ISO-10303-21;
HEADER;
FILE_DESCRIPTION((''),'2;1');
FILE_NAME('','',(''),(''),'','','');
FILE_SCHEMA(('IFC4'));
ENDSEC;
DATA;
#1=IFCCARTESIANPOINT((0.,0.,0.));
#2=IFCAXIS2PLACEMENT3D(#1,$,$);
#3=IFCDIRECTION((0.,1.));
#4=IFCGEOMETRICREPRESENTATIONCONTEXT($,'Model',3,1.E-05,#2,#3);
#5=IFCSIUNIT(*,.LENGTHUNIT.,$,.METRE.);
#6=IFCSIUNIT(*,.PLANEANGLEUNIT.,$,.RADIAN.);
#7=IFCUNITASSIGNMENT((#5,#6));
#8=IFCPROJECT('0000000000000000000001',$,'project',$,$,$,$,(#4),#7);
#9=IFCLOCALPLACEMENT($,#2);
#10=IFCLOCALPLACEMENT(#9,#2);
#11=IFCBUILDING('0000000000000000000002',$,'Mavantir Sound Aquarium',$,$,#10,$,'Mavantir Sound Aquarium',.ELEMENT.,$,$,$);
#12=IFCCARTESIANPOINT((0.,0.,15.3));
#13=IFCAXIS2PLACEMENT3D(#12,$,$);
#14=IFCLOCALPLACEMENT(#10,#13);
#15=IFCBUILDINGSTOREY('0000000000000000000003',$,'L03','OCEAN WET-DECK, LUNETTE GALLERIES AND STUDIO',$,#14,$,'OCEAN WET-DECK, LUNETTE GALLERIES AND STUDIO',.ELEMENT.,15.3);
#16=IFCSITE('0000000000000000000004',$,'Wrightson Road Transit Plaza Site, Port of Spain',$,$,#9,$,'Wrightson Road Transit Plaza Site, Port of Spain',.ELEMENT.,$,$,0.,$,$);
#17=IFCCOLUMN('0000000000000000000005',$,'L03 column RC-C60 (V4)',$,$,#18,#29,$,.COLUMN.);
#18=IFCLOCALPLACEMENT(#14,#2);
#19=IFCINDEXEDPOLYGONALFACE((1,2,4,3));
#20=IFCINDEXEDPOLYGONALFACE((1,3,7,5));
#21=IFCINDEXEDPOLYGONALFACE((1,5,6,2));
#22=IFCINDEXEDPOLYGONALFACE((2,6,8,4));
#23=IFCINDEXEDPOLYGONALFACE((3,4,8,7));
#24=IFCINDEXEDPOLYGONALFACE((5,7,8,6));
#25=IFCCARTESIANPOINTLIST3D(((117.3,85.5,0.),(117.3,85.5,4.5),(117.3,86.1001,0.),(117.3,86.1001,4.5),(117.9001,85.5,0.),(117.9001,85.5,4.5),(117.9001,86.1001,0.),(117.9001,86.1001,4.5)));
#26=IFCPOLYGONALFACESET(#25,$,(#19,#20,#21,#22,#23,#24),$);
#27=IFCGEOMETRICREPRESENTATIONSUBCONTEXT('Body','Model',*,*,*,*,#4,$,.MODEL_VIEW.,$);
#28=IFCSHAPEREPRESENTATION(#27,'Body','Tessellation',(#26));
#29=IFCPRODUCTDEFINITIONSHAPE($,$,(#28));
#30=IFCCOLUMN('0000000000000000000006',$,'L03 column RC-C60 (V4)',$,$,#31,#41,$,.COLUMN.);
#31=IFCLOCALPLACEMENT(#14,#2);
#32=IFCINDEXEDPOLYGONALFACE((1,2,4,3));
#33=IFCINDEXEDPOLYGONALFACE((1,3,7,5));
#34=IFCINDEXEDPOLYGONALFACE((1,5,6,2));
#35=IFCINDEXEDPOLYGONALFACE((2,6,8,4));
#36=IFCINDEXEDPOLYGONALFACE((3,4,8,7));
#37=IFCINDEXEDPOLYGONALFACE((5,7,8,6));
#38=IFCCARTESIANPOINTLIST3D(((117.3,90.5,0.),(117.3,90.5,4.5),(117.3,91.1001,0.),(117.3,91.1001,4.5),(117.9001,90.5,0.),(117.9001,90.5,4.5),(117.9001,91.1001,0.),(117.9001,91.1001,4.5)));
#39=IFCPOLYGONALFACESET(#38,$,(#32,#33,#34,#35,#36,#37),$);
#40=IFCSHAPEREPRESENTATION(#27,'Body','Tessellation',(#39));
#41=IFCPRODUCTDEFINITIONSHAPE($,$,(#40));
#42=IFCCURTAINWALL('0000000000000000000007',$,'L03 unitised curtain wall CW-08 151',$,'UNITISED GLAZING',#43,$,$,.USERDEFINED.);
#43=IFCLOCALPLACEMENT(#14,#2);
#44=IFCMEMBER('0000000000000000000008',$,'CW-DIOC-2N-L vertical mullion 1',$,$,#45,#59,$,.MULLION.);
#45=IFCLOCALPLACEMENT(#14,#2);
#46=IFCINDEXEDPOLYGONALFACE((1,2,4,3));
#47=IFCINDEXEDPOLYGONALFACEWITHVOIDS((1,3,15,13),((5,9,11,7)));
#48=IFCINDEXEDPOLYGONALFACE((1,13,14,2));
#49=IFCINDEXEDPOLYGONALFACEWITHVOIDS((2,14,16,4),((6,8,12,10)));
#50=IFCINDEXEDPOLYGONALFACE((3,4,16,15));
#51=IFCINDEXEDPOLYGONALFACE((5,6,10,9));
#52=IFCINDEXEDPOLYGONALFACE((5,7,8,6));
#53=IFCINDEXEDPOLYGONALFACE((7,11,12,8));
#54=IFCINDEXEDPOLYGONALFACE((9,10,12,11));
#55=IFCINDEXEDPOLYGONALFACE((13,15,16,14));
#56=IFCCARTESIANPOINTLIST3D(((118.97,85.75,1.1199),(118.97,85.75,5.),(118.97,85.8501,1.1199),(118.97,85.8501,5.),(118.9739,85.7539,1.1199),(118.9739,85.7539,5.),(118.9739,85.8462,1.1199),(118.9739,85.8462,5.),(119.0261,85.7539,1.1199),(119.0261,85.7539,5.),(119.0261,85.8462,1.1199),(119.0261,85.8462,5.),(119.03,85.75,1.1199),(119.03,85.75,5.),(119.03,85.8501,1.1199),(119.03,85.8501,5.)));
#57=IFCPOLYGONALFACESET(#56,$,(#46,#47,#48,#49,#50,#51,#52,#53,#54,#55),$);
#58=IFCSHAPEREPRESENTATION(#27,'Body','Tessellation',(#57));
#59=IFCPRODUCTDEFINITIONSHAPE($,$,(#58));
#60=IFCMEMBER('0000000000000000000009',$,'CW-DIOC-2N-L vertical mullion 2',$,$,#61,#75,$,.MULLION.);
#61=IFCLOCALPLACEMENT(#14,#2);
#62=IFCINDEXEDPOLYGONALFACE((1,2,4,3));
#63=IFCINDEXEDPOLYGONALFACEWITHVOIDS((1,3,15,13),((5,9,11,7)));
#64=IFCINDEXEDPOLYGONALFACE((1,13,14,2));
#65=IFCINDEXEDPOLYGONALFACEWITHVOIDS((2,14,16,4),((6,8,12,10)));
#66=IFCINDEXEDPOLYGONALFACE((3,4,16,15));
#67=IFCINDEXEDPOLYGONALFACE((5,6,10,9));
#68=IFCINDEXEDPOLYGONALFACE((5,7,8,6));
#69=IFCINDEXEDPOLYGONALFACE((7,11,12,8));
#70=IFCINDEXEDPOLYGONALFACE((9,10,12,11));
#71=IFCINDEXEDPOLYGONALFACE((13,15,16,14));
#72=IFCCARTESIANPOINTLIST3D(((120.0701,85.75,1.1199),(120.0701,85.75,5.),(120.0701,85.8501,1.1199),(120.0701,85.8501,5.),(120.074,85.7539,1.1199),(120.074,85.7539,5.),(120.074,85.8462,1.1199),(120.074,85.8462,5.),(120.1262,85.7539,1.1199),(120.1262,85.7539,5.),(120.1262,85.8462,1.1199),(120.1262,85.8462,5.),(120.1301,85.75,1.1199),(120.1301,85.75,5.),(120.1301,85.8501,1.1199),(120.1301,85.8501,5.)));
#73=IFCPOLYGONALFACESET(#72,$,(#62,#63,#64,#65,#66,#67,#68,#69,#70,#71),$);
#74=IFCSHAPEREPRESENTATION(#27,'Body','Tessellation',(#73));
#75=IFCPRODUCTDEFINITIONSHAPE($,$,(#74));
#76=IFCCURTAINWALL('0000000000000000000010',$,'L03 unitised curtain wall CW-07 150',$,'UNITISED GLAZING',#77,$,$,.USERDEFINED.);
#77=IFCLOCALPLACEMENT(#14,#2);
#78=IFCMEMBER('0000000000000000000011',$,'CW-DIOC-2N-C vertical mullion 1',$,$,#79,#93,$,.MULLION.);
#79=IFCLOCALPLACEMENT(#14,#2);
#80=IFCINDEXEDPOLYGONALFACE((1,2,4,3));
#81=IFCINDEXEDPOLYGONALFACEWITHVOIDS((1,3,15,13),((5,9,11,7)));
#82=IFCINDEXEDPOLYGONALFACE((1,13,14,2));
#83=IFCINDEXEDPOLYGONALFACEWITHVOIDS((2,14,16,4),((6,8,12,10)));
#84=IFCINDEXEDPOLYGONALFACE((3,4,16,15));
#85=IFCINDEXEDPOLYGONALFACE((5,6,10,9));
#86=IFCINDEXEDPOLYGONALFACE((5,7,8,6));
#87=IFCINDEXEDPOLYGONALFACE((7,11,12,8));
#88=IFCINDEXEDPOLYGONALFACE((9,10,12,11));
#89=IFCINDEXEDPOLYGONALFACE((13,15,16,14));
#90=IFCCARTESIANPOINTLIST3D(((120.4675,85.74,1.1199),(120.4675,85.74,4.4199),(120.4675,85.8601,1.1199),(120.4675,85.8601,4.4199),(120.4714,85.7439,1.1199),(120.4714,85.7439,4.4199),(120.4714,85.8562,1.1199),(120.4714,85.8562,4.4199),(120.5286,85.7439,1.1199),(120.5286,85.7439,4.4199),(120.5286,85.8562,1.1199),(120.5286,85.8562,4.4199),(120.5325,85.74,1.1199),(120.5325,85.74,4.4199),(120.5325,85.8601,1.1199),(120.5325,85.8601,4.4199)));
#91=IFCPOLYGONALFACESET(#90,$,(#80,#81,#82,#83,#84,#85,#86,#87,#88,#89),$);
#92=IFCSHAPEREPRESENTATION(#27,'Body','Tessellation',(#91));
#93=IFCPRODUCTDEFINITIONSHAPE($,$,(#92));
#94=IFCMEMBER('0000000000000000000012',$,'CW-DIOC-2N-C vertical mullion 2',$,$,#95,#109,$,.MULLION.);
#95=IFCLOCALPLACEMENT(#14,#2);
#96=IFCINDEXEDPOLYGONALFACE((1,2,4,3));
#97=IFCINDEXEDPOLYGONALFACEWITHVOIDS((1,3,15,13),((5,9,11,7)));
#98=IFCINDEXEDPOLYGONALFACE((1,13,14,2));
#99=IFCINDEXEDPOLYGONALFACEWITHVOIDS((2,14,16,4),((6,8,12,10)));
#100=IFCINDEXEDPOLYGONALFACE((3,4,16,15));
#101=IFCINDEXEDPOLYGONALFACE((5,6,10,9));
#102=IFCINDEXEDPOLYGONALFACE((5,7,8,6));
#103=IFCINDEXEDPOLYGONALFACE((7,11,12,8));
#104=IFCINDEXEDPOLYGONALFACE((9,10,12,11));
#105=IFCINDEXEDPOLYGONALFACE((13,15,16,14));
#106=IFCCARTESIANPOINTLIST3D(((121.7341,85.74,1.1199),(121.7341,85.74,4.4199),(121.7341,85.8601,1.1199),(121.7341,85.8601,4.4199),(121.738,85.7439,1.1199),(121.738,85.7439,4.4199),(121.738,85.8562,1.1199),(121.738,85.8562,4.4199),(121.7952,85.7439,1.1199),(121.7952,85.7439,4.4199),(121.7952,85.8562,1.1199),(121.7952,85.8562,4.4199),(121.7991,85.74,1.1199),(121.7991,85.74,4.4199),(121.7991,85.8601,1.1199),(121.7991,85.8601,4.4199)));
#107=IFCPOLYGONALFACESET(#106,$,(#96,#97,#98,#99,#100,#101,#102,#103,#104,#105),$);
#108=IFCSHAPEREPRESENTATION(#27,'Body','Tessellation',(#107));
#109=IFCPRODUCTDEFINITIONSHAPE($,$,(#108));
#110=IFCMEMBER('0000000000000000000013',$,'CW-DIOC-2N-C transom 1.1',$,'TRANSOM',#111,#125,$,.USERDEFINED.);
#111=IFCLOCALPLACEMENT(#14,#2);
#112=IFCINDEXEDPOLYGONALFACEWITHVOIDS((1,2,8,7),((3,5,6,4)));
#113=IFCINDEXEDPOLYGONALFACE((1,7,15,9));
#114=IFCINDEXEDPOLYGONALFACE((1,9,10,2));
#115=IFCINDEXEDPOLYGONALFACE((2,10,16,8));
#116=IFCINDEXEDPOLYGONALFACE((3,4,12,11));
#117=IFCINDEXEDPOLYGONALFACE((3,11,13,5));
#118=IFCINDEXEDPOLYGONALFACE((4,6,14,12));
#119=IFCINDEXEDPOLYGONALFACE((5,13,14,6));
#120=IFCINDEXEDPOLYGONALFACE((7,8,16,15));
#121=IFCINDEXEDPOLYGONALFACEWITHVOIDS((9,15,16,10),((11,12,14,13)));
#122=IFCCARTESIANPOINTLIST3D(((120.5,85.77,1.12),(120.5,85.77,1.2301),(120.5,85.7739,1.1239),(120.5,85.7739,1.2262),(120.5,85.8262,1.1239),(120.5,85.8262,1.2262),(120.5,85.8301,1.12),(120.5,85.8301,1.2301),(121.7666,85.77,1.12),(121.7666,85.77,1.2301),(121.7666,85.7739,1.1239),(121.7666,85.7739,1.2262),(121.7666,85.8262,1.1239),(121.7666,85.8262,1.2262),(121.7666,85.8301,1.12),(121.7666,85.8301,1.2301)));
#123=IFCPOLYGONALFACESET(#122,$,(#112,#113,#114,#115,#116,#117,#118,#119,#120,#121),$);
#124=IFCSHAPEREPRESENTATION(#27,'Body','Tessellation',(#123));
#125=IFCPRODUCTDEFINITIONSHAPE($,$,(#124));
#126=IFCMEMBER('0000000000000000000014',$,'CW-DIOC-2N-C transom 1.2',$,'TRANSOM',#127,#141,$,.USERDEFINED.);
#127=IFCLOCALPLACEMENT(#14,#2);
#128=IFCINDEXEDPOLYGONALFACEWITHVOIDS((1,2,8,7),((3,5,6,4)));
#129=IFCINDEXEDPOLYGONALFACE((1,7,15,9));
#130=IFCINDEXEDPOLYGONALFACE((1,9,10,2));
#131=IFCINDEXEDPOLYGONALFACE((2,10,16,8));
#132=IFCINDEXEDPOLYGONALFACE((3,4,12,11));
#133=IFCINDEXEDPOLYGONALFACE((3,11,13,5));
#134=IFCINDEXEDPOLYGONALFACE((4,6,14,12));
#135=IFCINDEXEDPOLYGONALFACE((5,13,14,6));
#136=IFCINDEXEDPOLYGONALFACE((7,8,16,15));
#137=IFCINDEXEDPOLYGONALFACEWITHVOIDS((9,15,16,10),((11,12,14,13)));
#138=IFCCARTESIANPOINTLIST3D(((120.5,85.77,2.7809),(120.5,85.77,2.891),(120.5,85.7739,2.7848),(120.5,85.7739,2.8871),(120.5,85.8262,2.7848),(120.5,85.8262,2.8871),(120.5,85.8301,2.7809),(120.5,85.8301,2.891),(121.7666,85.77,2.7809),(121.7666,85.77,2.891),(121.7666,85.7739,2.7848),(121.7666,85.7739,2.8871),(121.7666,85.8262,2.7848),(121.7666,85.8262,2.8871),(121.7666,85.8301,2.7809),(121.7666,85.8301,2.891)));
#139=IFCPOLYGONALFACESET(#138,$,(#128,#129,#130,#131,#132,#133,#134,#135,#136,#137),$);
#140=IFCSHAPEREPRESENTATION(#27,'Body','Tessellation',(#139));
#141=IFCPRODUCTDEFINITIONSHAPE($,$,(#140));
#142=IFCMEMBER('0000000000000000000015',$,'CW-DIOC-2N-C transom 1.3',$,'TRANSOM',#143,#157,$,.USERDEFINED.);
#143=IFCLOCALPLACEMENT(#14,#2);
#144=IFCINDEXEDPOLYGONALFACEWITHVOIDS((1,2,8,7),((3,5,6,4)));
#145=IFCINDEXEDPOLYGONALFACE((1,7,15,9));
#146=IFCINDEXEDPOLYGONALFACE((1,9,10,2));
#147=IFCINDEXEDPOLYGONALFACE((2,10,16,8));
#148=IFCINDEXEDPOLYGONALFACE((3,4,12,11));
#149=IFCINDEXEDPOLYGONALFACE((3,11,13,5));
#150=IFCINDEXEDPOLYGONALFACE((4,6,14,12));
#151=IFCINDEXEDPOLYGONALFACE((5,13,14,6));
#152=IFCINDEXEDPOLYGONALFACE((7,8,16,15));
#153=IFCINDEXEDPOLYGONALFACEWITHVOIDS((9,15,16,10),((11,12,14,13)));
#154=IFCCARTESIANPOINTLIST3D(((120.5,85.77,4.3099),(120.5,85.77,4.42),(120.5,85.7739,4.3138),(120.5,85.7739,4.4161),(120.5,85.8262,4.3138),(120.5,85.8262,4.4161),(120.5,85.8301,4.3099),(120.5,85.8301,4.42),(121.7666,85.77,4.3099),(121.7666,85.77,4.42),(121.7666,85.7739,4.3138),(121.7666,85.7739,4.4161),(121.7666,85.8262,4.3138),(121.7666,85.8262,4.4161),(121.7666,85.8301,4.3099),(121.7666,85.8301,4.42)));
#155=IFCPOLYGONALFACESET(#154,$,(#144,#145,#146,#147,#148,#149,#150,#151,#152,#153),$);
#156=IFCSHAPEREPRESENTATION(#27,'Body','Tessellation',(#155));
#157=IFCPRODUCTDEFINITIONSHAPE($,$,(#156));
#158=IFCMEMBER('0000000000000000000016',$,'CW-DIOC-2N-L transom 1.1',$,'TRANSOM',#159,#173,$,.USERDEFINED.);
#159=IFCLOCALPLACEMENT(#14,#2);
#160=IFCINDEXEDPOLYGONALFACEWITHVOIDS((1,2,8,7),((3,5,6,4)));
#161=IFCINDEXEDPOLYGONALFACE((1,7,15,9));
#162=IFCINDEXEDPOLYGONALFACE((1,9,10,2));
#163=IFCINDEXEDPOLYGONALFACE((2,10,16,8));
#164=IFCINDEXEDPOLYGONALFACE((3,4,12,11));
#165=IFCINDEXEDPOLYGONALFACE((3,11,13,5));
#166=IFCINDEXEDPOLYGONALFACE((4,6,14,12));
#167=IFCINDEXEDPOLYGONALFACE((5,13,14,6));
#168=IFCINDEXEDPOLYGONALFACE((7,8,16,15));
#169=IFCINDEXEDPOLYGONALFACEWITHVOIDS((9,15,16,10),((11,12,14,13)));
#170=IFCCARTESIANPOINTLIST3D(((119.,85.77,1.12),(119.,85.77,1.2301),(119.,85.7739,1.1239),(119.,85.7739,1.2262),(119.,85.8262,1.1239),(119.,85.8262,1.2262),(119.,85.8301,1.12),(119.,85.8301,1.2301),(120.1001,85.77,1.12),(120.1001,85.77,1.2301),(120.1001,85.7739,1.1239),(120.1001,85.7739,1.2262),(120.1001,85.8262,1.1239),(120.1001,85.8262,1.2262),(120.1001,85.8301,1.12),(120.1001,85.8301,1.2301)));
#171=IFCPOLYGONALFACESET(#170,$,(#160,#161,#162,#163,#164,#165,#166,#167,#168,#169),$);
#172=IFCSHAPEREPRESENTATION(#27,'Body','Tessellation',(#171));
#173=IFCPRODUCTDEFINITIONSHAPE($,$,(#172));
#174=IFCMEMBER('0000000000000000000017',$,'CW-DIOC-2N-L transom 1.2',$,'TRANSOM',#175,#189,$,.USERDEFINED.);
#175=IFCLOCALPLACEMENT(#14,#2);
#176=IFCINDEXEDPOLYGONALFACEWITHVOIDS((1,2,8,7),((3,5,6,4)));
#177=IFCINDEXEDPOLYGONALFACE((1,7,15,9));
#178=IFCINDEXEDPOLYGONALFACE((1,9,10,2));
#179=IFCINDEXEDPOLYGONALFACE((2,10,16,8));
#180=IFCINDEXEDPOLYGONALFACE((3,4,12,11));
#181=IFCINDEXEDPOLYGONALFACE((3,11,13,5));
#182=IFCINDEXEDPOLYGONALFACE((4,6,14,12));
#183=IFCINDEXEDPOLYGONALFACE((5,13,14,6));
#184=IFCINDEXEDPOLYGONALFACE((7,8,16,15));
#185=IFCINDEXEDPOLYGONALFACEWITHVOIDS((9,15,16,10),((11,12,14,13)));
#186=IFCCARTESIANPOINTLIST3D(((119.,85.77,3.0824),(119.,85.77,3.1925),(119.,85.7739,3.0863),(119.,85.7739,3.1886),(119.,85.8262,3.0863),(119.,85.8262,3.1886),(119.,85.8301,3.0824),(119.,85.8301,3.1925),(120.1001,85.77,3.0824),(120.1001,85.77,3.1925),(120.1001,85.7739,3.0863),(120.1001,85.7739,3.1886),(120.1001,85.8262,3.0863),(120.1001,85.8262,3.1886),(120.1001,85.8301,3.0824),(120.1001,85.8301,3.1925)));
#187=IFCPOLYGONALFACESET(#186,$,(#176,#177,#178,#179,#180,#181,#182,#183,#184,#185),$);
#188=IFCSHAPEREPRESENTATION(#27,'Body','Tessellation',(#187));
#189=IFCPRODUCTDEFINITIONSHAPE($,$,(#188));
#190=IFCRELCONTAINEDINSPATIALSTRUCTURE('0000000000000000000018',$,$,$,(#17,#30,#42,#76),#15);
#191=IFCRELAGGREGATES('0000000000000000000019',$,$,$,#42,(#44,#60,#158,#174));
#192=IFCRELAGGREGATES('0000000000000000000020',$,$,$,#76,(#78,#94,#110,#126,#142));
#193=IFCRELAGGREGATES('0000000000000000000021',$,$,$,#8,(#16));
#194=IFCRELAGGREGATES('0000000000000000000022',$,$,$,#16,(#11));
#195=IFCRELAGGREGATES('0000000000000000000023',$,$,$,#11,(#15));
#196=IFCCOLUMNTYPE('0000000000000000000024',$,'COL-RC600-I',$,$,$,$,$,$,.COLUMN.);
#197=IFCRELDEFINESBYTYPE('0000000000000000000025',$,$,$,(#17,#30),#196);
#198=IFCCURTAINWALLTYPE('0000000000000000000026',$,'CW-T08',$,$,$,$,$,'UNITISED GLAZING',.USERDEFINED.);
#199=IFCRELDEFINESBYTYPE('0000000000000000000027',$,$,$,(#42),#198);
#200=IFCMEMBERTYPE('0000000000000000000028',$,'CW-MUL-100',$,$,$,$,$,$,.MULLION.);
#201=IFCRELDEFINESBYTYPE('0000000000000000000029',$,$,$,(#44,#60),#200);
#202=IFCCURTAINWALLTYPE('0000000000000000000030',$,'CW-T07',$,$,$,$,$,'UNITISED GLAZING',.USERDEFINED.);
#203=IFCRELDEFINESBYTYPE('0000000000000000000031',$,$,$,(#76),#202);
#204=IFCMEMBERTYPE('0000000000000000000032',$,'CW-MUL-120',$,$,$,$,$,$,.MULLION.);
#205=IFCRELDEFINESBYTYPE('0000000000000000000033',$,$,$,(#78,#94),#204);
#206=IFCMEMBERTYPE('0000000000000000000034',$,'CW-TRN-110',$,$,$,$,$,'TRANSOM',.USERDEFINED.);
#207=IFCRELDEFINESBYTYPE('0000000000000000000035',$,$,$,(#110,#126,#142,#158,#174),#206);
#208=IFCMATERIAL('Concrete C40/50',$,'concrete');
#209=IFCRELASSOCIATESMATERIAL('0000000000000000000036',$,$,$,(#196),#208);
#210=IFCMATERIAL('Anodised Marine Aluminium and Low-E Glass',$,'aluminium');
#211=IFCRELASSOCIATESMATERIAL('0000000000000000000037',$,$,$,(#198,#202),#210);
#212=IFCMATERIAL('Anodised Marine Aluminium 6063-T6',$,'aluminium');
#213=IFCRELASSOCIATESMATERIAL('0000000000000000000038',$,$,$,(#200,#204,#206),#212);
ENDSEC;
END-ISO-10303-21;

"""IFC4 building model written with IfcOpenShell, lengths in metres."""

from ifc_helpers import new_model, si_unit, direction, frame, origin, origin_2d, place, context, subcontext, project, spatial, rectangle, hollow_rectangle, extrude, material, material_profile, profile_set, type_object, element, aggregate, save


model = new_model("IFC4")

# Units and contexts
model_context = context("Model", 3, precision=1e-05, world=origin(), true_north=direction((0.0, 1.0)))
body_context = subcontext(model_context, "Body", "Model", "MODEL_VIEW")
ifc_project = project(units=[si_unit("LENGTHUNIT", "METRE"), si_unit("PLANEANGLEUNIT", "RADIAN")], contexts=[model_context])

# Site, building, storey
site_placement = place(None, origin())
site = spatial("IfcSite", under=ifc_project, at=site_placement, Name="Wrightson Road Transit Plaza Site, Port of Spain", LongName="Wrightson Road Transit Plaza Site, Port of Spain", CompositionType="ELEMENT", RefElevation=0.0)
building_placement = place(site_placement, origin())
building = spatial("IfcBuilding", under=site, at=building_placement, Name="Mavantir Sound Aquarium", LongName="Mavantir Sound Aquarium", CompositionType="ELEMENT")
storey_placement = place(building_placement, frame((0.0, 0.0, 15.3)))
storey = spatial("IfcBuildingStorey", under=building, at=storey_placement, Name="L03", Description="OCEAN WET-DECK, LUNETTE GALLERIES AND STUDIO", LongName="OCEAN WET-DECK, LUNETTE GALLERIES AND STUDIO", CompositionType="ELEMENT", Elevation=15.3)

# Columns
ifc_material_1 = material(Name="Concrete C40/50", Category="concrete")
ifc_material_profile_1 = material_profile(ifc_material_1, rectangle(XDim=0.6001, YDim=0.6001, at=origin_2d()), Name="RC 600X600")
ifc_profile_set_1 = profile_set([ifc_material_profile_1], Name="Concrete C40/50")
column_type = type_object("IfcColumnType", Name="COL-RC600-I", PredefinedType="COLUMN", material=ifc_profile_set_1)
for number, where, z_axis, x_axis, name in (
    (1, (117.6001, 85.8, 0.0), (0.0, 0.0, 1.0), (1.0, 0.0, 0.0), "L03 column RC-C60 (V4)"),
    (2, (117.6001, 90.8, 0.0), (0.0, 0.0, 1.0), (1.0, 0.0, 0.0), "L03 column RC-C60 (V4)"),
):
    element("IfcColumn", number, at=place(storey_placement, frame(where, z_axis=z_axis, x_axis=x_axis)), inside=storey, type_object=column_type, Name=name, PredefinedType="COLUMN", context=body_context, shape_type="SweptSolid", body=[
        extrude(rectangle(XDim=0.6001, YDim=0.6001, at=origin_2d()), origin(), (0.0, 0.0, 1.0), 4.5),
    ])

# Curtain walls, members
ifc_material_2 = material(Name="Anodised Marine Aluminium and Low-E Glass", Category="aluminium")
curtain_wall_type_1 = type_object("IfcCurtainWallType", Name="CW-T08", ElementType="UNITISED GLAZING", PredefinedType="USERDEFINED", material=ifc_material_2)
curtain_wall_1_placement = place(storey_placement, origin())
curtain_wall_1 = element("IfcCurtainWall", 3, at=curtain_wall_1_placement, inside=storey, type_object=curtain_wall_type_1, Name="L03 unitised curtain wall CW-08 151", ObjectType="UNITISED GLAZING", PredefinedType="USERDEFINED")
ifc_material_3 = material(Name="Anodised Marine Aluminium 6063-T6", Category="aluminium")
ifc_material_profile_2 = material_profile(ifc_material_3, hollow_rectangle(XDim=0.0601, YDim=0.1001, WallThickness=0.0039, at=origin_2d()), Name="ALU-MULLION-100X60")
ifc_profile_set_2 = profile_set([ifc_material_profile_2], Name="Anodised Marine Aluminium 6063-T6")
member_type_1 = type_object("IfcMemberType", Name="CW-MUL-100", PredefinedType="MULLION", material=ifc_profile_set_2)
member_1_placement = place(storey_placement, frame((119.0, 85.8, 1.1199), z_axis=(0.0, 0.0, 1.0), x_axis=(1.0, 0.0, 0.0)))
member_1 = element("IfcMember", 4, at=member_1_placement, type_object=member_type_1, Name="CW-DIOC-2N-L vertical mullion 1", PredefinedType="MULLION", context=body_context, shape_type="SweptSolid", body=[
    extrude(hollow_rectangle(XDim=0.0601, YDim=0.1001, WallThickness=0.0039, at=origin_2d()), origin(), (0.0, 0.0, 1.0), 3.8801),
])
member_2_placement = place(storey_placement, frame((120.1001, 85.8, 1.1199), z_axis=(0.0, 0.0, 1.0), x_axis=(1.0, 0.0, 0.0)))
member_2 = element("IfcMember", 5, at=member_2_placement, type_object=member_type_1, Name="CW-DIOC-2N-L vertical mullion 2", PredefinedType="MULLION", context=body_context, shape_type="SweptSolid", body=[
    extrude(hollow_rectangle(XDim=0.0601, YDim=0.1001, WallThickness=0.0039, at=origin_2d()), origin(), (0.0, 0.0, 1.0), 3.8801),
])
curtain_wall_type_2 = type_object("IfcCurtainWallType", Name="CW-T07", ElementType="UNITISED GLAZING", PredefinedType="USERDEFINED", material=ifc_material_2)
curtain_wall_2_placement = place(storey_placement, origin())
curtain_wall_2 = element("IfcCurtainWall", 6, at=curtain_wall_2_placement, inside=storey, type_object=curtain_wall_type_2, Name="L03 unitised curtain wall CW-07 150", ObjectType="UNITISED GLAZING", PredefinedType="USERDEFINED")
ifc_material_profile_3 = material_profile(ifc_material_3, hollow_rectangle(XDim=0.0649, YDim=0.1201, WallThickness=0.0039, at=origin_2d()), Name="ALU-MULLION-120X65")
ifc_profile_set_3 = profile_set([ifc_material_profile_3], Name="Anodised Marine Aluminium 6063-T6")
member_type_2 = type_object("IfcMemberType", Name="CW-MUL-120", PredefinedType="MULLION", material=ifc_profile_set_3)
member_3_placement = place(storey_placement, frame((120.5, 85.8, 1.1199), z_axis=(0.0, 0.0, 1.0), x_axis=(1.0, 0.0, 0.0)))
member_3 = element("IfcMember", 7, at=member_3_placement, type_object=member_type_2, Name="CW-DIOC-2N-C vertical mullion 1", PredefinedType="MULLION", context=body_context, shape_type="SweptSolid", body=[
    extrude(hollow_rectangle(XDim=0.0649, YDim=0.1201, WallThickness=0.0039, at=origin_2d()), origin(), (0.0, 0.0, 1.0), 3.3),
])
member_4_placement = place(storey_placement, frame((121.7666, 85.8, 1.1199), z_axis=(0.0, 0.0, 1.0), x_axis=(1.0, 0.0, 0.0)))
member_4 = element("IfcMember", 8, at=member_4_placement, type_object=member_type_2, Name="CW-DIOC-2N-C vertical mullion 2", PredefinedType="MULLION", context=body_context, shape_type="SweptSolid", body=[
    extrude(hollow_rectangle(XDim=0.0649, YDim=0.1201, WallThickness=0.0039, at=origin_2d()), origin(), (0.0, 0.0, 1.0), 3.3),
])
ifc_material_profile_4 = material_profile(ifc_material_3, hollow_rectangle(XDim=0.0601, YDim=0.1101, WallThickness=0.0039, at=origin_2d()), Name="ALU-TRANSOM-110X60")
ifc_profile_set_4 = profile_set([ifc_material_profile_4], Name="Anodised Marine Aluminium 6063-T6")
member_type_3 = type_object("IfcMemberType", Name="CW-TRN-110", ElementType="TRANSOM", PredefinedType="USERDEFINED", material=ifc_profile_set_4)
member_5_placement = place(storey_placement, frame((120.5, 85.8, 1.175), z_axis=(1.0, 0.0, 0.0), x_axis=(0.0, 1.0, 0.0)))
member_5 = element("IfcMember", 9, at=member_5_placement, type_object=member_type_3, Name="CW-DIOC-2N-C transom 1.1", ObjectType="TRANSOM", PredefinedType="USERDEFINED", context=body_context, shape_type="SweptSolid", body=[
    extrude(hollow_rectangle(XDim=0.0601, YDim=0.1101, WallThickness=0.0039, at=origin_2d()), origin(), (0.0, 0.0, 1.0), 1.2666),
])
member_6_placement = place(storey_placement, frame((120.5, 85.8, 2.8359), z_axis=(1.0, 0.0, 0.0), x_axis=(0.0, 1.0, 0.0)))
member_6 = element("IfcMember", 10, at=member_6_placement, type_object=member_type_3, Name="CW-DIOC-2N-C transom 1.2", ObjectType="TRANSOM", PredefinedType="USERDEFINED", context=body_context, shape_type="SweptSolid", body=[
    extrude(hollow_rectangle(XDim=0.0601, YDim=0.1101, WallThickness=0.0039, at=origin_2d()), origin(), (0.0, 0.0, 1.0), 1.2666),
])
member_7_placement = place(storey_placement, frame((120.5, 85.8, 4.365), z_axis=(1.0, 0.0, 0.0), x_axis=(0.0, 1.0, 0.0)))
member_7 = element("IfcMember", 11, at=member_7_placement, type_object=member_type_3, Name="CW-DIOC-2N-C transom 1.3", ObjectType="TRANSOM", PredefinedType="USERDEFINED", context=body_context, shape_type="SweptSolid", body=[
    extrude(hollow_rectangle(XDim=0.0601, YDim=0.1101, WallThickness=0.0039, at=origin_2d()), origin(), (0.0, 0.0, 1.0), 1.2666),
])

# Members
member_8_placement = place(storey_placement, frame((119.0, 85.8, 1.175), z_axis=(1.0, 0.0, 0.0), x_axis=(0.0, 1.0, 0.0)))
member_8 = element("IfcMember", 12, at=member_8_placement, type_object=member_type_3, Name="CW-DIOC-2N-L transom 1.1", ObjectType="TRANSOM", PredefinedType="USERDEFINED", context=body_context, shape_type="SweptSolid", body=[
    extrude(hollow_rectangle(XDim=0.0601, YDim=0.1101, WallThickness=0.0039, at=origin_2d()), origin(), (0.0, 0.0, 1.0), 1.1001),
])
member_9_placement = place(storey_placement, frame((119.0, 85.8, 3.1375), z_axis=(1.0, 0.0, 0.0), x_axis=(0.0, 1.0, 0.0)))
member_9 = element("IfcMember", 13, at=member_9_placement, type_object=member_type_3, Name="CW-DIOC-2N-L transom 1.2", ObjectType="TRANSOM", PredefinedType="USERDEFINED", context=body_context, shape_type="SweptSolid", body=[
    extrude(hollow_rectangle(XDim=0.0601, YDim=0.1101, WallThickness=0.0039, at=origin_2d()), origin(), (0.0, 0.0, 1.0), 1.1001),
])

aggregate(curtain_wall_1, [member_1, member_2, member_8, member_9])
aggregate(curtain_wall_2, [member_3, member_4, member_5, member_6, member_7])

save(model, "model.ifc")
